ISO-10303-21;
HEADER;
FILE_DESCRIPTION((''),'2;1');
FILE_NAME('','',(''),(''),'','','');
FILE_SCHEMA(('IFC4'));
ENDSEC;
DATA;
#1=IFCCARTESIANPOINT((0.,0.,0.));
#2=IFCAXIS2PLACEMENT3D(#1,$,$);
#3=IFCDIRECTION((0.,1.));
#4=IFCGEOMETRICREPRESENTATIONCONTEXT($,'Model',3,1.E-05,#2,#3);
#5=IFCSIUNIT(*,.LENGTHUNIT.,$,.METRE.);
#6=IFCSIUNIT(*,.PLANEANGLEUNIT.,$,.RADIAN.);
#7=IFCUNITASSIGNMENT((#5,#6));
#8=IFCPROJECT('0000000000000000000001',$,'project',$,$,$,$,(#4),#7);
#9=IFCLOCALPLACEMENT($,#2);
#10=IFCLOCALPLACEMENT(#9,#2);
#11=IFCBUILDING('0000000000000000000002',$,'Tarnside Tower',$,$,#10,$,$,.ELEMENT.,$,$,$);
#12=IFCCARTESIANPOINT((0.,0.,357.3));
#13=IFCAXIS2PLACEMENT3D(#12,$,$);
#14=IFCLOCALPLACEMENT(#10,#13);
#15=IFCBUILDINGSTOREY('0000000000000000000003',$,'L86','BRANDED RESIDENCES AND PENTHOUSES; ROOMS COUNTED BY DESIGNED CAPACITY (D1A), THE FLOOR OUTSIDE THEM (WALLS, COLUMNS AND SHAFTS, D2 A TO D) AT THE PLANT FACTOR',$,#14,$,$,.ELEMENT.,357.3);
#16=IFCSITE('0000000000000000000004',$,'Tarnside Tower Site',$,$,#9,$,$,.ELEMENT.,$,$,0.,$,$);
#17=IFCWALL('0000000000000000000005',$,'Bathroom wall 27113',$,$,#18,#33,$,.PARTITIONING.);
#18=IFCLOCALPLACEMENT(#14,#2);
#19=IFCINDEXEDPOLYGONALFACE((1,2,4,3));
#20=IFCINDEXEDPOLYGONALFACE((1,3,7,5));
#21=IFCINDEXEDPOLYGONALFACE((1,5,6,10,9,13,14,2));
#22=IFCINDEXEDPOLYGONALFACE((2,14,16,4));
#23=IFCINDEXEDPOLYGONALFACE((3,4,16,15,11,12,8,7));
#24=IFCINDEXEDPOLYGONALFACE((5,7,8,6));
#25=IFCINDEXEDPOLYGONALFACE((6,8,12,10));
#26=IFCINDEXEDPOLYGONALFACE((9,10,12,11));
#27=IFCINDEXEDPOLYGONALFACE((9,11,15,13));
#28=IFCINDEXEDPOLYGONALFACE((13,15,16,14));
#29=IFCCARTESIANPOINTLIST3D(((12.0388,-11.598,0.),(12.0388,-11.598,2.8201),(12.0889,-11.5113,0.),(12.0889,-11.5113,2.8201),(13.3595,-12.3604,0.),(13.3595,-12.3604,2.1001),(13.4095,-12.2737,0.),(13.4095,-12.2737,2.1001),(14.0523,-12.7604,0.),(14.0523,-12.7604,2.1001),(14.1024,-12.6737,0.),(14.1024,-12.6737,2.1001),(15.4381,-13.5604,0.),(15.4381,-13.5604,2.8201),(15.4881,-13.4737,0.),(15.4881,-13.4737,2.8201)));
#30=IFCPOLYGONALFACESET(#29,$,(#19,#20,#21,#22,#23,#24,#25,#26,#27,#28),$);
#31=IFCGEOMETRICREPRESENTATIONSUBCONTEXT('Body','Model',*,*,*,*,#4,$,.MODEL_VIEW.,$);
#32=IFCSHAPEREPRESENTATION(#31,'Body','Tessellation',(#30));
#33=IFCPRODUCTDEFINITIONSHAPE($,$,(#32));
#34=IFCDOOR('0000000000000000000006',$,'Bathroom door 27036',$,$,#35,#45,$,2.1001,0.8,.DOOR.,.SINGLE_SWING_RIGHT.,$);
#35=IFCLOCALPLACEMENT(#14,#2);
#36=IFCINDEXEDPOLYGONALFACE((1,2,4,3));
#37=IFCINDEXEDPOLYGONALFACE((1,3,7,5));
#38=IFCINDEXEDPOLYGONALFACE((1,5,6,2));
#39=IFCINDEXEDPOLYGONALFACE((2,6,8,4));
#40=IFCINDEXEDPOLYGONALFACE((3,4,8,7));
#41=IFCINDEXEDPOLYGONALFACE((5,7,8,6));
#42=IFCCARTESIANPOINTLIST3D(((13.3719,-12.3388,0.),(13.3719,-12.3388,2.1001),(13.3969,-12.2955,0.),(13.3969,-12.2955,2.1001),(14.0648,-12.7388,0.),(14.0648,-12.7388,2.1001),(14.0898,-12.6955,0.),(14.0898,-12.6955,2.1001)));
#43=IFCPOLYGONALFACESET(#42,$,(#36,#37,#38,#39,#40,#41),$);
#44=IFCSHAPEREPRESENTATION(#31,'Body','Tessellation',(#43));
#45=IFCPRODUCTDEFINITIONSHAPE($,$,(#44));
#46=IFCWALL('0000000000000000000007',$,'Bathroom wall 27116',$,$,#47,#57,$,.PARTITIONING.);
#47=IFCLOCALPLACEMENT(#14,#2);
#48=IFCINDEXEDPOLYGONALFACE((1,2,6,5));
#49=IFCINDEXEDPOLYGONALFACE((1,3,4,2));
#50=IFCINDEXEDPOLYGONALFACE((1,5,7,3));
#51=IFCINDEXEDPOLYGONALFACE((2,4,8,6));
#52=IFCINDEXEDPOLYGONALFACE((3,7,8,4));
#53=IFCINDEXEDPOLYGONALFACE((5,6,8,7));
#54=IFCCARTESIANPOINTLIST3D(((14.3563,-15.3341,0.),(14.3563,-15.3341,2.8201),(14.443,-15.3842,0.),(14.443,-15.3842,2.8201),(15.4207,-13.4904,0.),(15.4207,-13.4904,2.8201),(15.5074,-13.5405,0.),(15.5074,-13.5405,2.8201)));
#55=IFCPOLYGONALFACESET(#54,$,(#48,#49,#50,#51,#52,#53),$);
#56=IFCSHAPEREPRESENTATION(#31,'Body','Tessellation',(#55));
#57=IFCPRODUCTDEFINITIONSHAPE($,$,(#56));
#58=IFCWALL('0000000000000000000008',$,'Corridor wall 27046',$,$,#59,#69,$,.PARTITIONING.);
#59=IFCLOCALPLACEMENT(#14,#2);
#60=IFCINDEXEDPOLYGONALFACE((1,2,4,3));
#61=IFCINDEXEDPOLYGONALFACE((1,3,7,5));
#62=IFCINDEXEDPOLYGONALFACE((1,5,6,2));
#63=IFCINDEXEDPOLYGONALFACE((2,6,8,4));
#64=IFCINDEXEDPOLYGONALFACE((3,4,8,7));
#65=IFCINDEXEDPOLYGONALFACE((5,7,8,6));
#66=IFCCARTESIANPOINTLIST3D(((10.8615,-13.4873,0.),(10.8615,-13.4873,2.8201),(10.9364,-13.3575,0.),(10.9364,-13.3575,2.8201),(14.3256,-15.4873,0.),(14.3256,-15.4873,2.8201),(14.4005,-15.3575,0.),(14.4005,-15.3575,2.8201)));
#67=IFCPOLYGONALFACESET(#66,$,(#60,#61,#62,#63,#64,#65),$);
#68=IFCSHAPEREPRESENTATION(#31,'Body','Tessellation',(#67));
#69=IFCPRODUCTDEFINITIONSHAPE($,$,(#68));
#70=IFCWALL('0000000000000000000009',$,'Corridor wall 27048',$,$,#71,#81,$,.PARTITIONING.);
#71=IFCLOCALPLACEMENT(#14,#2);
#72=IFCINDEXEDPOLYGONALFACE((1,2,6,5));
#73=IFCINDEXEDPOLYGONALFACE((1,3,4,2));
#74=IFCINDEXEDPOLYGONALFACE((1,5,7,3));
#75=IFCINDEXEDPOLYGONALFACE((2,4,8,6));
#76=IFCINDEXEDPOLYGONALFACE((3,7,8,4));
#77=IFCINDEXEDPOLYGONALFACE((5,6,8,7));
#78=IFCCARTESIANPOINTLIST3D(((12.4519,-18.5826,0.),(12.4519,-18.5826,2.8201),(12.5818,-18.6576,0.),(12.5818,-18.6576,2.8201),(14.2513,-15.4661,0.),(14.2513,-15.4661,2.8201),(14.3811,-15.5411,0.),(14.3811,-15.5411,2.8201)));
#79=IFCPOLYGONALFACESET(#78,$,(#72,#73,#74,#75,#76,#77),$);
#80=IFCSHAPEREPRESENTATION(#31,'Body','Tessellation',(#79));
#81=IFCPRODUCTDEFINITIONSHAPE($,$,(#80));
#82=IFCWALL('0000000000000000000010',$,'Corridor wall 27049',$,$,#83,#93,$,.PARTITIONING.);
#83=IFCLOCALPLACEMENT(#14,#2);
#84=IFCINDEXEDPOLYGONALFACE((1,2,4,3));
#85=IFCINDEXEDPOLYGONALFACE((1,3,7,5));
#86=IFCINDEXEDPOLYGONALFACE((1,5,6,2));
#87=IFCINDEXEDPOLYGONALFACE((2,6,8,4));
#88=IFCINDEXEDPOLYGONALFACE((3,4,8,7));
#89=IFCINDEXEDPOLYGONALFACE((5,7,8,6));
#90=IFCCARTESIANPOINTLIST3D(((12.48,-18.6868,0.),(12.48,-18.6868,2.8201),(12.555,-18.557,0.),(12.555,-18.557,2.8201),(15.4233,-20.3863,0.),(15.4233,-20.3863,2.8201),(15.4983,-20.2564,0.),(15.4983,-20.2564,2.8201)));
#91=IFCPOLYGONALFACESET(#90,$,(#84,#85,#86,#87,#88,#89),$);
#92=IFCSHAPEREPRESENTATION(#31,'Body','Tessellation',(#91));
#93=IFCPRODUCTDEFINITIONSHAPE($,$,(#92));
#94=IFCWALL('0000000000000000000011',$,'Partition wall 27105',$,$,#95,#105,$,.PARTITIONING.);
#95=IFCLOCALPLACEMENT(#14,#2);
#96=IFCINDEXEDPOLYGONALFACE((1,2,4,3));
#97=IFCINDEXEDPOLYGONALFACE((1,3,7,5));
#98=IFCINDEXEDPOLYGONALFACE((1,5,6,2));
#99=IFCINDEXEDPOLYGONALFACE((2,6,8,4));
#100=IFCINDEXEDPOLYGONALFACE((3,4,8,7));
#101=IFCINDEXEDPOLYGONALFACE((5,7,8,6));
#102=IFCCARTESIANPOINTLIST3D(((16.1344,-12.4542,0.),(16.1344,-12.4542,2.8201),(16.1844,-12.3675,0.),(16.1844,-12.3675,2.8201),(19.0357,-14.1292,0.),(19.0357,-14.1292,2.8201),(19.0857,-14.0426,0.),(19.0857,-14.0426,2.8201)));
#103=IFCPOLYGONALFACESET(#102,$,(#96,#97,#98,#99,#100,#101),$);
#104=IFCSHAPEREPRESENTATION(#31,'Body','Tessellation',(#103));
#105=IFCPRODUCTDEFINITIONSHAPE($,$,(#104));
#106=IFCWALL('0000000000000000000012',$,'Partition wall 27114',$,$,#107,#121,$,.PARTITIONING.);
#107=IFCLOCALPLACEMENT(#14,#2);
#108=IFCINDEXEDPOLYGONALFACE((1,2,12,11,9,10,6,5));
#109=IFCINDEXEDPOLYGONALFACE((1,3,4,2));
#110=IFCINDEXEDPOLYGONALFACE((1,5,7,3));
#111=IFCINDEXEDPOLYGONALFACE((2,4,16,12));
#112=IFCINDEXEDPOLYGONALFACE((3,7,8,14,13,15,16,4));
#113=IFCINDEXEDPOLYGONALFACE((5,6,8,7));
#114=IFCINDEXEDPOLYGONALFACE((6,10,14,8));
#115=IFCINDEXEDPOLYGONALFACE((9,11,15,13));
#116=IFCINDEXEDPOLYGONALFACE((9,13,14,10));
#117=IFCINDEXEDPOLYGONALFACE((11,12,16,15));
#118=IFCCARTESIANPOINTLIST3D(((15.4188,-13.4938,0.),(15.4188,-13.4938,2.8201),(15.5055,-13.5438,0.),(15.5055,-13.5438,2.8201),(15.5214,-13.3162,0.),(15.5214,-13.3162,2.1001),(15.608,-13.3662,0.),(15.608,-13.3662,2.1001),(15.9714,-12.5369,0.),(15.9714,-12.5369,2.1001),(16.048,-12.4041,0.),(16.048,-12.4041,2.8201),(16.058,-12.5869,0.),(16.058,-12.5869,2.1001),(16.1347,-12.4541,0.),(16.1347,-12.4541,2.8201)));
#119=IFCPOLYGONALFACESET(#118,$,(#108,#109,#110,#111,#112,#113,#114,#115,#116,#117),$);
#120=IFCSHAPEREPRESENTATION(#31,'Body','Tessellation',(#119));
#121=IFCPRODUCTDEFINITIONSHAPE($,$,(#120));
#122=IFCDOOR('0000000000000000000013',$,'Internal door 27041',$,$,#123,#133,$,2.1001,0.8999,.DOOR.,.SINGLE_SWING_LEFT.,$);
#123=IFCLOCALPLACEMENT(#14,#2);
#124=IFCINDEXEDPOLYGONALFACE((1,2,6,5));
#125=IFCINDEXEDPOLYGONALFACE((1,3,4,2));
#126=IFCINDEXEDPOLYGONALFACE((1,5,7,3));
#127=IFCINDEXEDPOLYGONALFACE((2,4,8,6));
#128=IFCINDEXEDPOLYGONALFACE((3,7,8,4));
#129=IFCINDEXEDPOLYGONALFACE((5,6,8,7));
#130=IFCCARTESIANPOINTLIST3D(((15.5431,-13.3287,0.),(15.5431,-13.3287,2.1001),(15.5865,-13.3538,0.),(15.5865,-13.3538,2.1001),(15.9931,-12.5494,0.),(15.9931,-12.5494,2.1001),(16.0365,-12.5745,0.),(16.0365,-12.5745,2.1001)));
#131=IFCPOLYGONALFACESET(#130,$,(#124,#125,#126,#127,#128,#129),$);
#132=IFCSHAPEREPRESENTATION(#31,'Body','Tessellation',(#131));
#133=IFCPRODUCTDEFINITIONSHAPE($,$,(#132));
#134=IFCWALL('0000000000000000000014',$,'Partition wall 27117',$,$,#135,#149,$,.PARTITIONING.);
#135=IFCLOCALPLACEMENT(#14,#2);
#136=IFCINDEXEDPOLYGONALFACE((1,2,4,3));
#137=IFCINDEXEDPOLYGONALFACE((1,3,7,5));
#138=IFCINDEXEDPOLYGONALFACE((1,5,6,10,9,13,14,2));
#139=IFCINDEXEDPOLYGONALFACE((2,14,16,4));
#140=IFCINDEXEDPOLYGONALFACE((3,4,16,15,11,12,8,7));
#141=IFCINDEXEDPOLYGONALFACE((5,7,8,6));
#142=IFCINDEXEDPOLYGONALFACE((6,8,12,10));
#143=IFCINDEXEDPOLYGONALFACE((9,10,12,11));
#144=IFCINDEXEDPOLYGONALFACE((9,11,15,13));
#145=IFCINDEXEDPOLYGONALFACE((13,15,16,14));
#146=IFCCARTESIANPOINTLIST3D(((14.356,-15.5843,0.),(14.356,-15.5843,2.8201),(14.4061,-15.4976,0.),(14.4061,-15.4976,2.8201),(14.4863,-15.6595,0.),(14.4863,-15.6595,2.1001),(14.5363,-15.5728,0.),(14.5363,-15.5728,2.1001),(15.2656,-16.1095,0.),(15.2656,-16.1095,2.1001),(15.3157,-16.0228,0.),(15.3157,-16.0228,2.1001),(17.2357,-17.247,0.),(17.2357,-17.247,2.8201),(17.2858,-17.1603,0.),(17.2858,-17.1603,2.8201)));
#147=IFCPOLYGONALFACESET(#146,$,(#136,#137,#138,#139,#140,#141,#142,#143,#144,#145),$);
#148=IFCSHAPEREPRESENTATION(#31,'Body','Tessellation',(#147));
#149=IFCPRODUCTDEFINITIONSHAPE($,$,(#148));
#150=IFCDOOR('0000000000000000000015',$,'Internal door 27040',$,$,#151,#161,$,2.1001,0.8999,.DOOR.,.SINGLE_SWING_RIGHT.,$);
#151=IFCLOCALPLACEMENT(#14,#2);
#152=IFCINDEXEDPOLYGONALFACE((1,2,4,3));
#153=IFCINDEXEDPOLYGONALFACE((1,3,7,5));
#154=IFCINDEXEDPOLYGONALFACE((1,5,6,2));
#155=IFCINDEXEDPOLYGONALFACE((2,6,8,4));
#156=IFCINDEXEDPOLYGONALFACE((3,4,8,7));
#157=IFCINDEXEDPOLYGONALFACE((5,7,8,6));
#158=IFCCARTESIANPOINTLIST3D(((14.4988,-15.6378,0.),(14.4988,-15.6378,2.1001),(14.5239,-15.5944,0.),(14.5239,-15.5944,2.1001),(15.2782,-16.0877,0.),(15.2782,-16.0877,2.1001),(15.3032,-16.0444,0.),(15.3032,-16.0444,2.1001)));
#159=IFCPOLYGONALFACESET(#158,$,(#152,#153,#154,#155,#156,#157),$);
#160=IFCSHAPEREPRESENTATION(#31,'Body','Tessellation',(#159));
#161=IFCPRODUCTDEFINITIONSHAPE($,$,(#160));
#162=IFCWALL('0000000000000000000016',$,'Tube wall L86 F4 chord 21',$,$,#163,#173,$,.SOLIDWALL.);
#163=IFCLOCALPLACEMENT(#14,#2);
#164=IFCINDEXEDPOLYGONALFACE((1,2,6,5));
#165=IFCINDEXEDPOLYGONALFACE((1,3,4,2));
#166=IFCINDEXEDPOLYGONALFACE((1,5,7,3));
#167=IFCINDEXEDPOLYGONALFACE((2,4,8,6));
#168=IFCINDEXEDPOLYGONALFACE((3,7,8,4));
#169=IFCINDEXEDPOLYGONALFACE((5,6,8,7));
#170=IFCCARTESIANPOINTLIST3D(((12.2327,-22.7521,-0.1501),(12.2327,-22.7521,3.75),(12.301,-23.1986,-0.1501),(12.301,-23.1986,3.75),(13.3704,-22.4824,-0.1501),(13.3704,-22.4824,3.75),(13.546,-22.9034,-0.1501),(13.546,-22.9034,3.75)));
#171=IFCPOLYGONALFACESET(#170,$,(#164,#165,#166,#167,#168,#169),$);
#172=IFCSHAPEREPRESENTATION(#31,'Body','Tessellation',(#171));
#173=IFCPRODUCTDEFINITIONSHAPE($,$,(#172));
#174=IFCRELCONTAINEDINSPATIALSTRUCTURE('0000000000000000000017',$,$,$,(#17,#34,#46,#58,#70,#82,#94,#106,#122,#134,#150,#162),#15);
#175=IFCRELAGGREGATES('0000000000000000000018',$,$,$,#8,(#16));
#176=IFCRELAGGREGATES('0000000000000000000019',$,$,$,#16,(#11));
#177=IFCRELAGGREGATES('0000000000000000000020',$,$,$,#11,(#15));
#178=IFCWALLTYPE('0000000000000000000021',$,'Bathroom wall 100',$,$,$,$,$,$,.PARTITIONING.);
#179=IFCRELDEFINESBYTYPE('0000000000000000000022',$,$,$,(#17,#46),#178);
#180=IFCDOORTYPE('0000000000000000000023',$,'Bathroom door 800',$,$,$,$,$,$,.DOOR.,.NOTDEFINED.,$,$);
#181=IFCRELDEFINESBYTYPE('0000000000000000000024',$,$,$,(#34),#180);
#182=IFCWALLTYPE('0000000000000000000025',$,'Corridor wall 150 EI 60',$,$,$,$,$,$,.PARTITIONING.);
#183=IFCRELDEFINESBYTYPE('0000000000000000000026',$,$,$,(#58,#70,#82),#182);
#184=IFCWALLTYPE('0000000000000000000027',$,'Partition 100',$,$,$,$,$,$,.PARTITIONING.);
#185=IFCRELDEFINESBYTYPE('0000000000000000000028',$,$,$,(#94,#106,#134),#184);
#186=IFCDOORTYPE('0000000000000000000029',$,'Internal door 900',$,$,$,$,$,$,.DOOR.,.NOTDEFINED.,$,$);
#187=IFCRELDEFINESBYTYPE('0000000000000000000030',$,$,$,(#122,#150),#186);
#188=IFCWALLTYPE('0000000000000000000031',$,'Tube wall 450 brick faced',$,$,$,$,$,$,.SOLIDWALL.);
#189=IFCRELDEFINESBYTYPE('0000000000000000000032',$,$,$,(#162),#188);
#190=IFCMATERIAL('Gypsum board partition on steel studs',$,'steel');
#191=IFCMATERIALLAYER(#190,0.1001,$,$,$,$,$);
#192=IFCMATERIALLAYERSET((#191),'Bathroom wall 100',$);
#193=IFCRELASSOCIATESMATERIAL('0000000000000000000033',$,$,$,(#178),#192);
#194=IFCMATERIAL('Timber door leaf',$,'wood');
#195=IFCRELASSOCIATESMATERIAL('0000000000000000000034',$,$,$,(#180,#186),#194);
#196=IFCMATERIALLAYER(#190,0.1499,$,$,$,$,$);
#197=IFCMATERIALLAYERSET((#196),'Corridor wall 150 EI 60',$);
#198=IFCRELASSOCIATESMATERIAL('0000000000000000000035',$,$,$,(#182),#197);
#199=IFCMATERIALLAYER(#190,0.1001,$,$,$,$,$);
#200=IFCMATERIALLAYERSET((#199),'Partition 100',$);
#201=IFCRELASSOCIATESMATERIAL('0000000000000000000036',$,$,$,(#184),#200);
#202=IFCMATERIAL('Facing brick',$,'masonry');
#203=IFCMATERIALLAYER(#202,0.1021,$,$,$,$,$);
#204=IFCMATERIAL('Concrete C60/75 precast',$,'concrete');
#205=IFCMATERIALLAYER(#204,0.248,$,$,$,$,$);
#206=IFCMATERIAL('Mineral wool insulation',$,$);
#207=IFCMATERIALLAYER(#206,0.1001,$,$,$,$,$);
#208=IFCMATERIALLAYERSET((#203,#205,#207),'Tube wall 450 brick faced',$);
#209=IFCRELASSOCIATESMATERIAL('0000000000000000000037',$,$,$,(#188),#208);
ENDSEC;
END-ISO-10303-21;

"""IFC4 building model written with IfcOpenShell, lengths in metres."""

from ifc_helpers import new_model, si_unit, direction, frame, frame_2d, origin, place, context, subcontext, project, spatial, polyline, rectangle, outline, extrude, material, layer, layer_set, type_object, element, fill, save


model = new_model("IFC4")

# Units and contexts
model_context = context("Model", 3, precision=1e-05, world=origin(), true_north=direction((0.0, 1.0)))
body_context = subcontext(model_context, "Body", "Model", "MODEL_VIEW")
ifc_project = project(units=[si_unit("LENGTHUNIT", "METRE"), si_unit("PLANEANGLEUNIT", "RADIAN")], contexts=[model_context])

# Site, building, storey
site_placement = place(None, origin())
site = spatial("IfcSite", under=ifc_project, at=site_placement, Name="Tarnside Tower Site", CompositionType="ELEMENT", RefElevation=0.0)
building_placement = place(site_placement, origin())
building = spatial("IfcBuilding", under=site, at=building_placement, Name="Tarnside Tower", CompositionType="ELEMENT")
storey_placement = place(building_placement, frame((0.0, 0.0, 357.3)))
storey = spatial("IfcBuildingStorey", under=building, at=storey_placement, Name="L86", Description="BRANDED RESIDENCES AND PENTHOUSES; ROOMS COUNTED BY DESIGNED CAPACITY (D1A), THE FLOOR OUTSIDE THEM (WALLS, COLUMNS AND SHAFTS, D2 A TO D) AT THE PLANT FACTOR", CompositionType="ELEMENT", Elevation=357.3)

# Wall, opening, door
ifc_material_1 = material(Name="Gypsum board partition on steel studs", Category="steel")
ifc_layer_1 = layer(ifc_material_1, 0.1001)
ifc_layer_set_1 = layer_set([ifc_layer_1], Name="Bathroom wall 100")
wall_type_1 = type_object("IfcWallType", Name="Bathroom wall 100", PredefinedType="PARTITIONING", material=ifc_layer_set_1)
wall_1_placement = place(storey_placement, frame((12.064, -11.5547, 0.0), z_axis=(0.0, 0.0, 1.0), x_axis=(0.866037, -0.499979, 0.0)))
wall_1 = element("IfcWall", 1, at=wall_1_placement, inside=storey, type_object=wall_type_1, Name="Bathroom wall 27113", PredefinedType="PARTITIONING", context=body_context, shape_type="SweptSolid", body=[
    extrude(rectangle(XDim=3.925, YDim=0.1001, at=frame_2d((1.9624, 0.0))), origin(), (0.0, 0.0, 1.0), 2.8201),
])
opening_1_placement = place(wall_1_placement, frame((1.5249, 0.0, 0.0)))
opening_1 = element("IfcOpeningElement", 2, at=opening_1_placement, cuts=wall_1, PredefinedType="OPENING", context=body_context, shape_type="SweptSolid", body=[
    extrude(rectangle(XDim=0.8, YDim=2.1001, at=frame_2d((0.3999, 1.05))), frame((0.0, 0.0601, 0.0), z_axis=(0.0, -1.0, 0.0), x_axis=(1.0, 0.0, 0.0)), (0.0, 0.0, 1.0), 0.1201),
])
ifc_material_2 = material(Name="Timber door leaf", Category="wood")
door_type_1 = type_object("IfcDoorType", Name="Bathroom door 800", OperationType="NOTDEFINED", PredefinedType="DOOR", material=ifc_material_2)
door_1_placement = place(opening_1_placement, origin())
door_1 = element("IfcDoor", 3, at=door_1_placement, inside=storey, type_object=door_type_1, Name="Bathroom door 27036", OperationType="SINGLE_SWING_RIGHT", OverallHeight=2.1001, OverallWidth=0.8, PredefinedType="DOOR", context=body_context, shape_type="SweptSolid", body=[
    extrude(rectangle(XDim=0.8, YDim=2.1001, at=frame_2d((0.3999, 1.05))), frame((0.0, 0.0249, 0.0), z_axis=(0.0, -1.0, 0.0), x_axis=(1.0, 0.0, 0.0)), (0.0, 0.0, 1.0), 0.05),
])
fill(opening_1, door_1)

# Walls
wall_2_placement = place(storey_placement, frame((14.3997, -15.3591, 0.0), z_axis=(0.0, 0.0, 1.0), x_axis=(0.499987, 0.866033, 0.0)))
element("IfcWall", 4, at=wall_2_placement, inside=storey, type_object=wall_type_1, Name="Bathroom wall 27116", PredefinedType="PARTITIONING", context=body_context, shape_type="SweptSolid", body=[
    extrude(rectangle(XDim=2.1289, YDim=0.1001, at=frame_2d((1.0645, 0.0))), origin(), (0.0, 0.0, 1.0), 2.8201),
])
ifc_layer_2 = layer(ifc_material_1, 0.1499)
ifc_layer_set_2 = layer_set([ifc_layer_2], Name="Corridor wall 150 EI 60")
wall_type_2 = type_object("IfcWallType", Name="Corridor wall 150 EI 60", PredefinedType="PARTITIONING", material=ifc_layer_set_2)
wall_3_placement = place(storey_placement, frame((14.363, -15.4224, 0.0), z_axis=(0.0, 0.0, 1.0), x_axis=(-0.866026, 0.499999, 0.0)))
element("IfcWall", 5, at=wall_3_placement, inside=storey, type_object=wall_type_2, Name="Corridor wall 27046", PredefinedType="PARTITIONING", context=body_context, shape_type="SweptSolid", body=[
    extrude(rectangle(XDim=4.0, YDim=0.1499, at=frame_2d((2.0, 0.0))), origin(), (0.0, 0.0, 1.0), 2.8201),
])
wall_4_placement = place(storey_placement, frame((12.5168, -18.6201, 0.0), z_axis=(0.0, 0.0, 1.0), x_axis=(0.500006, 0.866022, 0.0)))
element("IfcWall", 6, at=wall_4_placement, inside=storey, type_object=wall_type_2, Name="Corridor wall 27048", PredefinedType="PARTITIONING", context=body_context, shape_type="SweptSolid", body=[
    extrude(rectangle(XDim=3.5986, YDim=0.1499, at=frame_2d((1.7993, 0.0))), origin(), (0.0, 0.0, 1.0), 2.8201),
])
wall_5_placement = place(storey_placement, frame((15.4607, -20.3213, 0.0), z_axis=(0.0, 0.0, 1.0), x_axis=(-0.866011, 0.500025, 0.0)))
element("IfcWall", 7, at=wall_5_placement, inside=storey, type_object=wall_type_2, Name="Corridor wall 27049", PredefinedType="PARTITIONING", context=body_context, shape_type="SweptSolid", body=[
    extrude(rectangle(XDim=3.3987, YDim=0.1499, at=frame_2d((1.6992, 0.0))), origin(), (0.0, 0.0, 1.0), 2.8201),
])
ifc_layer_3 = layer(ifc_material_1, 0.1001)
ifc_layer_set_3 = layer_set([ifc_layer_3], Name="Partition 100")
wall_type_3 = type_object("IfcWallType", Name="Partition 100", PredefinedType="PARTITIONING", material=ifc_layer_set_3)
wall_6_placement = place(storey_placement, frame((16.1594, -12.4109, 0.0), z_axis=(0.0, 0.0, 1.0), x_axis=(0.866033, -0.499987, 0.0)))
element("IfcWall", 8, at=wall_6_placement, inside=storey, type_object=wall_type_3, Name="Partition wall 27105", PredefinedType="PARTITIONING", context=body_context, shape_type="SweptSolid", body=[
    extrude(rectangle(XDim=3.3501, YDim=0.1001, at=frame_2d((1.675, 0.0))), origin(), (0.0, 0.0, 1.0), 2.8201),
])

# Walls, openings, doors
wall_7_placement = place(storey_placement, frame((15.4622, -13.5188, 0.0), z_axis=(0.0, 0.0, 1.0), x_axis=(0.500042, 0.866001, 0.0)))
wall_7 = element("IfcWall", 9, at=wall_7_placement, inside=storey, type_object=wall_type_3, Name="Partition wall 27114", PredefinedType="PARTITIONING", context=body_context, shape_type="SweptSolid", body=[
    extrude(rectangle(XDim=1.2583, YDim=0.1001, at=frame_2d((0.6292, 0.0))), origin(), (0.0, 0.0, 1.0), 2.8201),
])
opening_2_placement = place(wall_7_placement, frame((0.2051, 0.0, 0.0)))
opening_2 = element("IfcOpeningElement", 10, at=opening_2_placement, cuts=wall_7, PredefinedType="OPENING", context=body_context, shape_type="SweptSolid", body=[
    extrude(rectangle(XDim=0.8999, YDim=2.1001, at=frame_2d((0.45, 1.05))), frame((0.0, 0.0601, 0.0), z_axis=(0.0, -1.0, 0.0), x_axis=(1.0, 0.0, 0.0)), (0.0, 0.0, 1.0), 0.1201),
])
door_type_2 = type_object("IfcDoorType", Name="Internal door 900", OperationType="NOTDEFINED", PredefinedType="DOOR", material=ifc_material_2)
door_2_placement = place(opening_2_placement, origin())
door_2 = element("IfcDoor", 11, at=door_2_placement, inside=storey, type_object=door_type_2, Name="Internal door 27041", OperationType="SINGLE_SWING_LEFT", OverallHeight=2.1001, OverallWidth=0.8999, PredefinedType="DOOR", context=body_context, shape_type="SweptSolid", body=[
    extrude(rectangle(XDim=0.8999, YDim=2.1001, at=frame_2d((0.45, 1.05))), frame((0.0, 0.0249, 0.0), z_axis=(0.0, -1.0, 0.0), x_axis=(1.0, 0.0, 0.0)), (0.0, 0.0, 1.0), 0.05),
])
fill(opening_2, door_2)
wall_8_placement = place(storey_placement, frame((17.2607, -17.2036, 0.0), z_axis=(0.0, 0.0, 1.0), x_axis=(-0.866021, 0.500008, 0.0)))
wall_8 = element("IfcWall", 12, at=wall_8_placement, inside=storey, type_object=wall_type_3, Name="Partition wall 27117", PredefinedType="PARTITIONING", context=body_context, shape_type="SweptSolid", body=[
    extrude(rectangle(XDim=3.3252, YDim=0.1001, at=frame_2d((1.6626, 0.0))), origin(), (0.0, 0.0, 1.0), 2.8201),
])
opening_3_placement = place(wall_8_placement, frame((2.2749, 0.0, 0.0)))
opening_3 = element("IfcOpeningElement", 13, at=opening_3_placement, cuts=wall_8, PredefinedType="OPENING", context=body_context, shape_type="SweptSolid", body=[
    extrude(rectangle(XDim=0.8999, YDim=2.1001, at=frame_2d((0.45, 1.05))), frame((0.0, 0.0601, 0.0), z_axis=(0.0, -1.0, 0.0), x_axis=(1.0, 0.0, 0.0)), (0.0, 0.0, 1.0), 0.1201),
])
door_3_placement = place(opening_3_placement, origin())
door_3 = element("IfcDoor", 14, at=door_3_placement, inside=storey, type_object=door_type_2, Name="Internal door 27040", OperationType="SINGLE_SWING_RIGHT", OverallHeight=2.1001, OverallWidth=0.8999, PredefinedType="DOOR", context=body_context, shape_type="SweptSolid", body=[
    extrude(rectangle(XDim=0.8999, YDim=2.1001, at=frame_2d((0.45, 1.05))), frame((0.0, 0.0249, 0.0), z_axis=(0.0, -1.0, 0.0), x_axis=(1.0, 0.0, 0.0)), (0.0, 0.0, 1.0), 0.05),
])
fill(opening_3, door_3)

# Wall
ifc_material_3 = material(Name="Facing brick", Category="masonry")
ifc_layer_4 = layer(ifc_material_3, 0.1021)
ifc_material_4 = material(Name="Concrete C60/75 precast", Category="concrete")
ifc_layer_5 = layer(ifc_material_4, 0.248)
ifc_material_5 = material(Name="Mineral wool insulation")
ifc_layer_6 = layer(ifc_material_5, 0.1001)
ifc_layer_set_4 = layer_set([ifc_layer_4, ifc_layer_5, ifc_layer_6], Name="Tube wall 450 brick faced")
wall_type_4 = type_object("IfcWallType", Name="Tube wall 450 brick faced", PredefinedType="SOLIDWALL", material=ifc_layer_set_4)
wall_9_placement = place(storey_placement, frame((12.2668, -22.9753, -0.1501), z_axis=(0.0, 0.0, 1.0), x_axis=(0.973026, 0.230695, 0.0)))
element("IfcWall", 15, at=wall_9_placement, inside=storey, type_object=wall_type_4, Name="Tube wall L86 F4 chord 21", PredefinedType="SOLIDWALL", context=body_context, shape_type="SweptSolid", body=[
    extrude(outline(polyline([(-0.0183, -0.2251), (1.2612, -0.2251), (1.1875, 0.2251), (0.0183, 0.2251), (-0.0183, -0.2251)])), origin(), (0.0, 0.0, 1.0), 3.9001),
])

save(model, "model.ifc")
